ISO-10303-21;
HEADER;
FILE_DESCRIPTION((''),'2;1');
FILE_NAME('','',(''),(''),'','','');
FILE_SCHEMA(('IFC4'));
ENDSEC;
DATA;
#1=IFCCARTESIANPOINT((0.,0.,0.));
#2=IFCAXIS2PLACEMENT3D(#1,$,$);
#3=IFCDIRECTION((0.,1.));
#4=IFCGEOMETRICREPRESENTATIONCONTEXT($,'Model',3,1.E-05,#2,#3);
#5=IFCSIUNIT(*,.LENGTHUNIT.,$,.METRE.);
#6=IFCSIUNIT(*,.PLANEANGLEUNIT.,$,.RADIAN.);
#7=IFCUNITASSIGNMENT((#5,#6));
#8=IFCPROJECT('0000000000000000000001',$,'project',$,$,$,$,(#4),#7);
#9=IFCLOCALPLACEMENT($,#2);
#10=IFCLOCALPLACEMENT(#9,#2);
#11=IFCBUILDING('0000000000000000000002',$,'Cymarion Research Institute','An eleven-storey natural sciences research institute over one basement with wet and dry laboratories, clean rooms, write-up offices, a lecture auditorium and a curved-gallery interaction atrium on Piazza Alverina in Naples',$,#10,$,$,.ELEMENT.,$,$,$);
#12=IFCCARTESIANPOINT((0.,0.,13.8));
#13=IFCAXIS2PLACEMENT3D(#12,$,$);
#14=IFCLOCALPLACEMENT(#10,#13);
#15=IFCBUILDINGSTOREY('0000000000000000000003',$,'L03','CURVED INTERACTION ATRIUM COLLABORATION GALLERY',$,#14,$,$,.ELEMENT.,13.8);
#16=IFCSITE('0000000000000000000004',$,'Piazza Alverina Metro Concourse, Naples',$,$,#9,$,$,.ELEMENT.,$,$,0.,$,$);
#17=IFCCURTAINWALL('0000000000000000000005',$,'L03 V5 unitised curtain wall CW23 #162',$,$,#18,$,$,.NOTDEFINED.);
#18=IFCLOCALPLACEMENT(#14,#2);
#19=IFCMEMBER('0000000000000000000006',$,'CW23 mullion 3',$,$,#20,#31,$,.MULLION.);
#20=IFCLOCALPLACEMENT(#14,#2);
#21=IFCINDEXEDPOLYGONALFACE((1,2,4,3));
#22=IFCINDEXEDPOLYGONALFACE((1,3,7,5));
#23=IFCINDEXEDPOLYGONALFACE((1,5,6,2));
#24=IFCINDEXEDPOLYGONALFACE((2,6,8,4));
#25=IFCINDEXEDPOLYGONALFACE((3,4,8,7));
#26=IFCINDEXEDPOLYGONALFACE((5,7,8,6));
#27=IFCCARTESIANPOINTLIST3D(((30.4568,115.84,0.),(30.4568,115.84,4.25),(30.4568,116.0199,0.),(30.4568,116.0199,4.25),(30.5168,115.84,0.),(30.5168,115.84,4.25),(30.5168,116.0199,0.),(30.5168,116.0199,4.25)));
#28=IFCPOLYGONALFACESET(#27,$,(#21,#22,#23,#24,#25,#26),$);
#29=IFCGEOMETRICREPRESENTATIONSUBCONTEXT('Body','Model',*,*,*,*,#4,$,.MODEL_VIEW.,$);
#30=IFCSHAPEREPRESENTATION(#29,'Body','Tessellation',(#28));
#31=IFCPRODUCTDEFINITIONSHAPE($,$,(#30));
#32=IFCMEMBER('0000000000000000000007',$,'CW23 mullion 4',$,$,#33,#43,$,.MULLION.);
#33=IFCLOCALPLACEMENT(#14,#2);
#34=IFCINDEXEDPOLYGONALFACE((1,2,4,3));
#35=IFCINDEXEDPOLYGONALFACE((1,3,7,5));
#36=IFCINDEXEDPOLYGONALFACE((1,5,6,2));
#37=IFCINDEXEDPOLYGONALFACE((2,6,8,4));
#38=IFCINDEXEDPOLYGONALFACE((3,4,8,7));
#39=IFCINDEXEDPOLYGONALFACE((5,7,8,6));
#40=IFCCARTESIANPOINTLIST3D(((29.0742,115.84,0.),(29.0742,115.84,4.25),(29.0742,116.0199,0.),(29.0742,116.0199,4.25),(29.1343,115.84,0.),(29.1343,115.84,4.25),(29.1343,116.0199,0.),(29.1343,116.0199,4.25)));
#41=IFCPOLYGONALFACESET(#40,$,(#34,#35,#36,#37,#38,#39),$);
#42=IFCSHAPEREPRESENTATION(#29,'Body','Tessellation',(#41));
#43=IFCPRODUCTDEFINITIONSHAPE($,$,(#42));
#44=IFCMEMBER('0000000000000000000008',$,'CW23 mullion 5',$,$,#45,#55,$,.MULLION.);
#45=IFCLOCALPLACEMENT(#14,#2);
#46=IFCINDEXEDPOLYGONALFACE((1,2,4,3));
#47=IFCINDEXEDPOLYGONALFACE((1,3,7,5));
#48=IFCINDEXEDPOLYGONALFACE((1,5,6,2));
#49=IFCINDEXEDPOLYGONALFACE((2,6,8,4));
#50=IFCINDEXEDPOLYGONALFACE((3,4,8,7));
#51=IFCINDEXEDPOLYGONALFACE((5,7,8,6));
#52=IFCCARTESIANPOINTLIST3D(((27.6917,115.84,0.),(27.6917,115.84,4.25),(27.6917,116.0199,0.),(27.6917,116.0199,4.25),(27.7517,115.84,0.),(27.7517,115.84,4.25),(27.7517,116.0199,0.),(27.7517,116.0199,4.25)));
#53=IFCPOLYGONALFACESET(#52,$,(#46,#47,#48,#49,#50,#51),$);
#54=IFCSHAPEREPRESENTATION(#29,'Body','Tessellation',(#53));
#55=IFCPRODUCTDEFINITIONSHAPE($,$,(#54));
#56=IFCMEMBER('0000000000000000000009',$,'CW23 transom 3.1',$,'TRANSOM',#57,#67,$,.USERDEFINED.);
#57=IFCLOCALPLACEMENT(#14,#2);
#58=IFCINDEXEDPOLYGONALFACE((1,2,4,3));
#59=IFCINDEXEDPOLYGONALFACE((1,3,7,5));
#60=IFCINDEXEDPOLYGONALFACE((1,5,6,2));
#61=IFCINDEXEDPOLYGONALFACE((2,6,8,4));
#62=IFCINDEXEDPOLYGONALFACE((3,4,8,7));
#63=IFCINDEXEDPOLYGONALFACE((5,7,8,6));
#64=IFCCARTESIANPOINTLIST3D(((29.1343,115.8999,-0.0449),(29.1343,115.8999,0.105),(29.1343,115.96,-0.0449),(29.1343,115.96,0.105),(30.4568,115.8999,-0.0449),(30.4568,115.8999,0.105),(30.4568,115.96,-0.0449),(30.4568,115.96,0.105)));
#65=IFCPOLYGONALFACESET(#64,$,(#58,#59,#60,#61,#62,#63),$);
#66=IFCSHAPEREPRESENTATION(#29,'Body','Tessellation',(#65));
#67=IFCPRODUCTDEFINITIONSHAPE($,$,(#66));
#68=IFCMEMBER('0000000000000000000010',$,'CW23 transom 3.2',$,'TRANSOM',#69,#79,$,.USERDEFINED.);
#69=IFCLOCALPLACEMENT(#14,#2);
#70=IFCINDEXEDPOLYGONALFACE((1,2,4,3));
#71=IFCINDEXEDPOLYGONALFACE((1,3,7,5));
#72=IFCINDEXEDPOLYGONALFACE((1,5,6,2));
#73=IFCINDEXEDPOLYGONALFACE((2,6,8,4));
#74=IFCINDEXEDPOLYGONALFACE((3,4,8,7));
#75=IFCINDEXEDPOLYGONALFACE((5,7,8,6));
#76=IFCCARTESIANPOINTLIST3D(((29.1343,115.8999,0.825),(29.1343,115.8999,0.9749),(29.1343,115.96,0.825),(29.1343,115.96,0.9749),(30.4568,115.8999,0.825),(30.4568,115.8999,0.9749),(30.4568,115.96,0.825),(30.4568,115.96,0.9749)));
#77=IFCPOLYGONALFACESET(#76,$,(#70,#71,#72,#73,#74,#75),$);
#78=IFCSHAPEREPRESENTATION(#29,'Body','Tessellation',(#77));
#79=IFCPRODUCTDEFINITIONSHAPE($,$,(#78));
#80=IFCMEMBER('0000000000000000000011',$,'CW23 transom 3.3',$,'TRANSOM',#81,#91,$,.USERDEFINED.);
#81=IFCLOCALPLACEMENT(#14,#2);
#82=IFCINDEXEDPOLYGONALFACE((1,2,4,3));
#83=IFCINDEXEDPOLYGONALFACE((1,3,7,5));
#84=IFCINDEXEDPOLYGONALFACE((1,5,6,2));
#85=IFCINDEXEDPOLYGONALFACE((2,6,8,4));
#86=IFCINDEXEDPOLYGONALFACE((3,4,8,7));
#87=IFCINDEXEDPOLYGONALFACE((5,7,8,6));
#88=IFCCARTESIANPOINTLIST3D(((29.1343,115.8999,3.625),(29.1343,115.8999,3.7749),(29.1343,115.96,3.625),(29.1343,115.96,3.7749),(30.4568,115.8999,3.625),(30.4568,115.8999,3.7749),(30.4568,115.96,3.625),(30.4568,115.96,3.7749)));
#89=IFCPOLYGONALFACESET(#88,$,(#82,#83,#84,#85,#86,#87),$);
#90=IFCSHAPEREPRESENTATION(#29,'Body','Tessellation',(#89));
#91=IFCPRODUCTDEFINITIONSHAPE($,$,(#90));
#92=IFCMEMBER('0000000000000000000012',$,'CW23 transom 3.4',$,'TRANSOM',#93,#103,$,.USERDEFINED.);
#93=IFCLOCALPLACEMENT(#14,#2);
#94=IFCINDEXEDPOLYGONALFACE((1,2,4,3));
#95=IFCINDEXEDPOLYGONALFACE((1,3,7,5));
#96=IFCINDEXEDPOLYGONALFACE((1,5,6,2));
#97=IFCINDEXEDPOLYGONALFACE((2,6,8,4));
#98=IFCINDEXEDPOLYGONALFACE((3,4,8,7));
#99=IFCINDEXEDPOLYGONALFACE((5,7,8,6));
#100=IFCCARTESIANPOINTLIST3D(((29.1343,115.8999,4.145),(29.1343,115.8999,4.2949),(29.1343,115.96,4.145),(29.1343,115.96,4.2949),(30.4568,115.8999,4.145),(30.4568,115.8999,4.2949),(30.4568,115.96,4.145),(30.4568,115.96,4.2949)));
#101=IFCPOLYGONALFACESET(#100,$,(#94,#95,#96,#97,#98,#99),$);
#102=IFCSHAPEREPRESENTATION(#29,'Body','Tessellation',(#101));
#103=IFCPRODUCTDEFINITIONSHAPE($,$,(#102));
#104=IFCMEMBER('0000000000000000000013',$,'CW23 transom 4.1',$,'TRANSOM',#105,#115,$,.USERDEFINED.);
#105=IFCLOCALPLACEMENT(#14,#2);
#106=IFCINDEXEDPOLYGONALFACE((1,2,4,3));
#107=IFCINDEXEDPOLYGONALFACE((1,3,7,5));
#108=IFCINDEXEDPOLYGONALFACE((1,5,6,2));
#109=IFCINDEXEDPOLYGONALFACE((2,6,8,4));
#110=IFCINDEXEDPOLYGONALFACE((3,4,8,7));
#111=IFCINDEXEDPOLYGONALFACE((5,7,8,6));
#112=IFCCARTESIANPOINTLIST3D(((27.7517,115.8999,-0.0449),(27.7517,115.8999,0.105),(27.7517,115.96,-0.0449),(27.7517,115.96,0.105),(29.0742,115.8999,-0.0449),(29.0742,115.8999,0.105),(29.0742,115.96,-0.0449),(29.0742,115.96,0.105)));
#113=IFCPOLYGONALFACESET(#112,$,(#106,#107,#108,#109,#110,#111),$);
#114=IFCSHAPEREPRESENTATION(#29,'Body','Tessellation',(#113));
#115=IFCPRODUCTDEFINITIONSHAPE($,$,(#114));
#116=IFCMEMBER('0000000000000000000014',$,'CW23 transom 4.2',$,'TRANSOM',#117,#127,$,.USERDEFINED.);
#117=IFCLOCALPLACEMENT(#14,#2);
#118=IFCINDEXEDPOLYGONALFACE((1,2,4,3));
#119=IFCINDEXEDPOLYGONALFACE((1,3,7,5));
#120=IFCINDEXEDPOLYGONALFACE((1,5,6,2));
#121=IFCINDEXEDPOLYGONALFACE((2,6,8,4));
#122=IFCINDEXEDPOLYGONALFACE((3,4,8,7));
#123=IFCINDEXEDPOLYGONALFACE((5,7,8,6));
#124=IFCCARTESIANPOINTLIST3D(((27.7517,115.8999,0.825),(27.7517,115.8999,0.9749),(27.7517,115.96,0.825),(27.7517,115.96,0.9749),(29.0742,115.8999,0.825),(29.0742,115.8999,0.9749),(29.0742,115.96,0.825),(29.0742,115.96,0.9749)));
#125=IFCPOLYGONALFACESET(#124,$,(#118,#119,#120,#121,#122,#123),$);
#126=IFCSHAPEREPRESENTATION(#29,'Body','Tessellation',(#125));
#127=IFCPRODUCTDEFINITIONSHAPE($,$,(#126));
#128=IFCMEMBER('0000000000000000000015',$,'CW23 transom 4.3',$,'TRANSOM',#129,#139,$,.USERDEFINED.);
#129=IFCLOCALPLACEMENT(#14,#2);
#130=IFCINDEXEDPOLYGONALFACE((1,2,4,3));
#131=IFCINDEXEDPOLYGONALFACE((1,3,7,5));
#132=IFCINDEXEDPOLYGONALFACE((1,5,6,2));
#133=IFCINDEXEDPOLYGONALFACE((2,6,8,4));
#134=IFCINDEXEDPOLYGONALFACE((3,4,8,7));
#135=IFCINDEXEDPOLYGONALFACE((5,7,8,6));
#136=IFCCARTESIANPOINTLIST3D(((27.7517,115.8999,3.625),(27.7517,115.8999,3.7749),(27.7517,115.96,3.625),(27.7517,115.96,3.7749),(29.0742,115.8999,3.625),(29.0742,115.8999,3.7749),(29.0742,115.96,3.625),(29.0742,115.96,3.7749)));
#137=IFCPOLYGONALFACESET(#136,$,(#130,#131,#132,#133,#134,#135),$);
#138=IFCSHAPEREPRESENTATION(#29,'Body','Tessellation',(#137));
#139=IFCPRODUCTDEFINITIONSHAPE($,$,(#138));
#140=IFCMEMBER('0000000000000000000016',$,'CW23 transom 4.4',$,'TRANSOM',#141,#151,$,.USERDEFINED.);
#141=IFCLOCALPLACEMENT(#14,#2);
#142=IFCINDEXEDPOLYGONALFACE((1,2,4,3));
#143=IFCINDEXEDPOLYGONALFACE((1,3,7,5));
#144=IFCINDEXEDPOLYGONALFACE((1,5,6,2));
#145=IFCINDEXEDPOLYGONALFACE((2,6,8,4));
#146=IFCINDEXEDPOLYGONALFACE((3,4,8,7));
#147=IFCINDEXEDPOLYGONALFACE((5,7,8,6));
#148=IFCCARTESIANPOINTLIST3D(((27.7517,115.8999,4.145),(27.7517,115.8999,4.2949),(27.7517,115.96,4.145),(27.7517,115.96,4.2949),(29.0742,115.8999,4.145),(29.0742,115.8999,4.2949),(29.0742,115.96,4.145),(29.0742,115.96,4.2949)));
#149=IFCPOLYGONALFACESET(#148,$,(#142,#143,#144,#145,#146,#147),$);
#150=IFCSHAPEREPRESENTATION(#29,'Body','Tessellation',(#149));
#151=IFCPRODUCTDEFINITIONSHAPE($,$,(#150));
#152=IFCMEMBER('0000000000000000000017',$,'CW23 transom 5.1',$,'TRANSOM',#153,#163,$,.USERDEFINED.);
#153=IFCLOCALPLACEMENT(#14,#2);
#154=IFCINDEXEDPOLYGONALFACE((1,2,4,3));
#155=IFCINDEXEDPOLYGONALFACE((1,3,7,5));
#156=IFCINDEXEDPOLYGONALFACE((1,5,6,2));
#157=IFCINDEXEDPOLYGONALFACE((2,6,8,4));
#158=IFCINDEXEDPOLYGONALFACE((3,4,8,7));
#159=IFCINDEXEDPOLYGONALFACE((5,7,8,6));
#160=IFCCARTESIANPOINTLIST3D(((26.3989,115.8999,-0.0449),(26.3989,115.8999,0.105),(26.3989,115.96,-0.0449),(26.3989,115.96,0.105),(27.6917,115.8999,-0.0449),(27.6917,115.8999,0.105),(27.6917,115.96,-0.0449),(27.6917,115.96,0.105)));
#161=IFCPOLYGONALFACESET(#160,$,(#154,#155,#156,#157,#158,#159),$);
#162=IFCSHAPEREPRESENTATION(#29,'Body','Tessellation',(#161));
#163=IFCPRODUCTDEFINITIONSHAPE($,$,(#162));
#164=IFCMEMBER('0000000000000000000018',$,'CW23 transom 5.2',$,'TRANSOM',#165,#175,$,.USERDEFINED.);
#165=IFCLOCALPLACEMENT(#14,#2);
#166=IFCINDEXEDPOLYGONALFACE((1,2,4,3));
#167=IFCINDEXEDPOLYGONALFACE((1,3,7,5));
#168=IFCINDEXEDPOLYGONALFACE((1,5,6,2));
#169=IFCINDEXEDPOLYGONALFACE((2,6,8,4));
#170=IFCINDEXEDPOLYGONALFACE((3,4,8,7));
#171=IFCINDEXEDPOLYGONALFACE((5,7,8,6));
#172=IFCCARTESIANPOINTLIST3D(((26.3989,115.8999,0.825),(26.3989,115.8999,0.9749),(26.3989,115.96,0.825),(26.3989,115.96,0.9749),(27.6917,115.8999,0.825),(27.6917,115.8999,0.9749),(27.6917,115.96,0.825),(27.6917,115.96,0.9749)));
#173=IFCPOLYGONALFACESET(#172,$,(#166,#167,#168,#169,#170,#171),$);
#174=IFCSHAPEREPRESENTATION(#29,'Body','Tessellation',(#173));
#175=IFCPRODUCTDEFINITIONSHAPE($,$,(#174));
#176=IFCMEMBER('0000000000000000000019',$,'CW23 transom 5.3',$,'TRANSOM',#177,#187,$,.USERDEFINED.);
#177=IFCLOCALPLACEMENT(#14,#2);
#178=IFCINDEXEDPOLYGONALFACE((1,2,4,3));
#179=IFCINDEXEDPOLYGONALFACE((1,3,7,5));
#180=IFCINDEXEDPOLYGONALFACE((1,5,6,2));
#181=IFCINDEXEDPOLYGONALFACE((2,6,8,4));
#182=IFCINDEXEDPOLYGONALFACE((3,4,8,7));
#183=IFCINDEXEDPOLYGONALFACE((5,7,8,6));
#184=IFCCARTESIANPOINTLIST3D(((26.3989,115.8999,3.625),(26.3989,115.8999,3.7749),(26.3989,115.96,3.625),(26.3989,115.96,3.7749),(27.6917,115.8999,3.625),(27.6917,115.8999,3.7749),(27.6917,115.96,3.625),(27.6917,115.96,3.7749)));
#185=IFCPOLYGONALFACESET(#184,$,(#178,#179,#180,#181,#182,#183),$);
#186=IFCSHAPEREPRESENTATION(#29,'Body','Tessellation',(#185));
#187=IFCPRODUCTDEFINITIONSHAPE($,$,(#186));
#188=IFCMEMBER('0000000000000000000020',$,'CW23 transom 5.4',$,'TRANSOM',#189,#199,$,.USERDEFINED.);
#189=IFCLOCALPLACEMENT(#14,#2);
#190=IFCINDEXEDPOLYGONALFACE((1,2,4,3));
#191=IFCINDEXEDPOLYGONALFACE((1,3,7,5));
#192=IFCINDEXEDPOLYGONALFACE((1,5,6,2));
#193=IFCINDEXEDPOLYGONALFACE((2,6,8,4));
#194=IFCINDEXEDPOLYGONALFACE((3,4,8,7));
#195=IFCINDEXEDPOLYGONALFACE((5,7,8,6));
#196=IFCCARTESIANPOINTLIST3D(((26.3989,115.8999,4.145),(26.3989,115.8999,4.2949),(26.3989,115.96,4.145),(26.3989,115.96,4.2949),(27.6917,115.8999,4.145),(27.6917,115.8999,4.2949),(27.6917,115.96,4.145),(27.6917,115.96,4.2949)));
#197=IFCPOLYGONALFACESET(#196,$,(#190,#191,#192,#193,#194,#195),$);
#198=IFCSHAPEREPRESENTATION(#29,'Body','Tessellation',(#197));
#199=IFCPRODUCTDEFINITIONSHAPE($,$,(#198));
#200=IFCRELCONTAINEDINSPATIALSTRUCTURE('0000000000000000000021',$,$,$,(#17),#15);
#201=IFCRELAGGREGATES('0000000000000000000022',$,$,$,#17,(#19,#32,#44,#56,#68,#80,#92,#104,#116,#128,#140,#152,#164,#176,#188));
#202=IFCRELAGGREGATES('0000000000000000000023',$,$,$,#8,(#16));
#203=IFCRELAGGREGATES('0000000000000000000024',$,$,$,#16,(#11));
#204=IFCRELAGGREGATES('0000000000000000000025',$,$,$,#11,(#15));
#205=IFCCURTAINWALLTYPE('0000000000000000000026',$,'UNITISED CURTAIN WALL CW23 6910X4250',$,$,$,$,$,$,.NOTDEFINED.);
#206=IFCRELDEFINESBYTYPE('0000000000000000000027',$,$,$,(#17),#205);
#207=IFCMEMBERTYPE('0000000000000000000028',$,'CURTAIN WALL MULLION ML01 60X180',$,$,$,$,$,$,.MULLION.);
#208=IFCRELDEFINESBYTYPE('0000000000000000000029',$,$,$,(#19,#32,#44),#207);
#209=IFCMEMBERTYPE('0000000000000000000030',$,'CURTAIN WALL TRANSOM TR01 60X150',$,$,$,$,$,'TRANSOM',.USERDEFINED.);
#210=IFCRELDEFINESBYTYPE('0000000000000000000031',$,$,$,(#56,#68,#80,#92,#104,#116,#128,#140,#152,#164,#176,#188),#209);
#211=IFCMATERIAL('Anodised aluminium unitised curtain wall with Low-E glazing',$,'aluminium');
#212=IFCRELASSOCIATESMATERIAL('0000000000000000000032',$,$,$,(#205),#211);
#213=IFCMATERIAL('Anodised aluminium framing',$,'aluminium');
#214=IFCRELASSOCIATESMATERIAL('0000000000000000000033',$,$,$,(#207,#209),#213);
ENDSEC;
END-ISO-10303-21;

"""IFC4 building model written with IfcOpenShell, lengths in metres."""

from ifc_helpers import new_model, si_unit, direction, frame, origin, origin_2d, place, context, subcontext, project, spatial, rectangle, extrude, material, material_profile, profile_set, type_object, element, aggregate, save


model = new_model("IFC4")

# Units and contexts
model_context = context("Model", 3, precision=1e-05, world=origin(), true_north=direction((0.0, 1.0)))
body_context = subcontext(model_context, "Body", "Model", "MODEL_VIEW")
ifc_project = project(units=[si_unit("LENGTHUNIT", "METRE"), si_unit("PLANEANGLEUNIT", "RADIAN")], contexts=[model_context])

# Site, building, storey
site_placement = place(None, origin())
site = spatial("IfcSite", under=ifc_project, at=site_placement, Name="Piazza Alverina Metro Concourse, Naples", CompositionType="ELEMENT", RefElevation=0.0)
building_placement = place(site_placement, origin())
building = spatial("IfcBuilding", under=site, at=building_placement, Name="Cymarion Research Institute", Description="An eleven-storey natural sciences research institute over one basement with wet and dry laboratories, clean rooms, write-up offices, a lecture auditorium and a curved-gallery interaction atrium on Piazza Alverina in Naples", CompositionType="ELEMENT")
storey_placement = place(building_placement, frame((0.0, 0.0, 13.8)))
storey = spatial("IfcBuildingStorey", under=building, at=storey_placement, Name="L03", Description="CURVED INTERACTION ATRIUM COLLABORATION GALLERY", CompositionType="ELEMENT", Elevation=13.8)

# Curtain wall, members
ifc_material_1 = material(Name="Anodised aluminium unitised curtain wall with Low-E glazing", Category="aluminium")
curtain_wall_type = type_object("IfcCurtainWallType", Name="UNITISED CURTAIN WALL CW23 6910X4250", PredefinedType="NOTDEFINED", material=ifc_material_1)
curtain_wall_placement = place(storey_placement, origin())
curtain_wall = element("IfcCurtainWall", 1, at=curtain_wall_placement, inside=storey, type_object=curtain_wall_type, Name="L03 V5 unitised curtain wall CW23 #162", PredefinedType="NOTDEFINED")
ifc_material_2 = material(Name="Anodised aluminium framing", Category="aluminium")
ifc_material_profile_1 = material_profile(ifc_material_2, rectangle(XDim=0.0601, YDim=0.1799, at=origin_2d()), Name="ALU MULLION 60x180")
ifc_profile_set_1 = profile_set([ifc_material_profile_1], Name="Anodised aluminium framing")
member_type_1 = type_object("IfcMemberType", Name="CURTAIN WALL MULLION ML01 60X180", PredefinedType="MULLION", material=ifc_profile_set_1)
member_1_placement = place(storey_placement, frame((30.4868, 115.9299, 0.0), z_axis=(0.0, 0.0, 1.0), x_axis=(-1.0, 0.0, 0.0)))
member_1 = element("IfcMember", 2, at=member_1_placement, type_object=member_type_1, Name="CW23 mullion 3", PredefinedType="MULLION", context=body_context, shape_type="SweptSolid", body=[
    extrude(rectangle(XDim=0.0601, YDim=0.1799, at=origin_2d()), origin(), (0.0, 0.0, 1.0), 4.25),
])
member_2_placement = place(storey_placement, frame((29.1042, 115.9299, 0.0), z_axis=(0.0, 0.0, 1.0), x_axis=(-1.0, 0.0, 0.0)))
member_2 = element("IfcMember", 3, at=member_2_placement, type_object=member_type_1, Name="CW23 mullion 4", PredefinedType="MULLION", context=body_context, shape_type="SweptSolid", body=[
    extrude(rectangle(XDim=0.0601, YDim=0.1799, at=origin_2d()), origin(), (0.0, 0.0, 1.0), 4.25),
])
member_3_placement = place(storey_placement, frame((27.7217, 115.9299, 0.0), z_axis=(0.0, 0.0, 1.0), x_axis=(-1.0, 0.0, 0.0)))
member_3 = element("IfcMember", 4, at=member_3_placement, type_object=member_type_1, Name="CW23 mullion 5", PredefinedType="MULLION", context=body_context, shape_type="SweptSolid", body=[
    extrude(rectangle(XDim=0.0601, YDim=0.1799, at=origin_2d()), origin(), (0.0, 0.0, 1.0), 4.25),
])
ifc_material_profile_2 = material_profile(ifc_material_2, rectangle(XDim=0.0601, YDim=0.1499, at=origin_2d()), Name="ALU TRANSOM 60x150")
ifc_profile_set_2 = profile_set([ifc_material_profile_2], Name="Anodised aluminium framing")
member_type_2 = type_object("IfcMemberType", Name="CURTAIN WALL TRANSOM TR01 60X150", ElementType="TRANSOM", PredefinedType="USERDEFINED", material=ifc_profile_set_2)
member_4_placement = place(storey_placement, frame((30.4568, 115.9299, 0.03), z_axis=(-1.0, 0.0, 0.0), x_axis=(0.0, -1.0, 0.0)))
member_4 = element("IfcMember", 5, at=member_4_placement, type_object=member_type_2, Name="CW23 transom 3.1", ObjectType="TRANSOM", PredefinedType="USERDEFINED", context=body_context, shape_type="SweptSolid", body=[
    extrude(rectangle(XDim=0.0601, YDim=0.1499, at=origin_2d()), origin(), (0.0, 0.0, 1.0), 1.3225),
])
member_5_placement = place(storey_placement, frame((30.4568, 115.9299, 0.8999), z_axis=(-1.0, 0.0, 0.0), x_axis=(0.0, -1.0, 0.0)))
member_5 = element("IfcMember", 6, at=member_5_placement, type_object=member_type_2, Name="CW23 transom 3.2", ObjectType="TRANSOM", PredefinedType="USERDEFINED", context=body_context, shape_type="SweptSolid", body=[
    extrude(rectangle(XDim=0.0601, YDim=0.1499, at=origin_2d()), origin(), (0.0, 0.0, 1.0), 1.3225),
])
member_6_placement = place(storey_placement, frame((30.4568, 115.9299, 3.7), z_axis=(-1.0, 0.0, 0.0), x_axis=(0.0, -1.0, 0.0)))
member_6 = element("IfcMember", 7, at=member_6_placement, type_object=member_type_2, Name="CW23 transom 3.3", ObjectType="TRANSOM", PredefinedType="USERDEFINED", context=body_context, shape_type="SweptSolid", body=[
    extrude(rectangle(XDim=0.0601, YDim=0.1499, at=origin_2d()), origin(), (0.0, 0.0, 1.0), 1.3225),
])
member_7_placement = place(storey_placement, frame((30.4568, 115.9299, 4.22), z_axis=(-1.0, 0.0, 0.0), x_axis=(0.0, -1.0, 0.0)))
member_7 = element("IfcMember", 8, at=member_7_placement, type_object=member_type_2, Name="CW23 transom 3.4", ObjectType="TRANSOM", PredefinedType="USERDEFINED", context=body_context, shape_type="SweptSolid", body=[
    extrude(rectangle(XDim=0.0601, YDim=0.1499, at=origin_2d()), origin(), (0.0, 0.0, 1.0), 1.3225),
])
member_8_placement = place(storey_placement, frame((29.0742, 115.9299, 0.03), z_axis=(-1.0, 0.0, 0.0), x_axis=(0.0, -1.0, 0.0)))
member_8 = element("IfcMember", 9, at=member_8_placement, type_object=member_type_2, Name="CW23 transom 4.1", ObjectType="TRANSOM", PredefinedType="USERDEFINED", context=body_context, shape_type="SweptSolid", body=[
    extrude(rectangle(XDim=0.0601, YDim=0.1499, at=origin_2d()), origin(), (0.0, 0.0, 1.0), 1.3225),
])
member_9_placement = place(storey_placement, frame((29.0742, 115.9299, 0.8999), z_axis=(-1.0, 0.0, 0.0), x_axis=(0.0, -1.0, 0.0)))
member_9 = element("IfcMember", 10, at=member_9_placement, type_object=member_type_2, Name="CW23 transom 4.2", ObjectType="TRANSOM", PredefinedType="USERDEFINED", context=body_context, shape_type="SweptSolid", body=[
    extrude(rectangle(XDim=0.0601, YDim=0.1499, at=origin_2d()), origin(), (0.0, 0.0, 1.0), 1.3225),
])
member_10_placement = place(storey_placement, frame((29.0742, 115.9299, 3.7), z_axis=(-1.0, 0.0, 0.0), x_axis=(0.0, -1.0, 0.0)))
member_10 = element("IfcMember", 11, at=member_10_placement, type_object=member_type_2, Name="CW23 transom 4.3", ObjectType="TRANSOM", PredefinedType="USERDEFINED", context=body_context, shape_type="SweptSolid", body=[
    extrude(rectangle(XDim=0.0601, YDim=0.1499, at=origin_2d()), origin(), (0.0, 0.0, 1.0), 1.3225),
])
member_11_placement = place(storey_placement, frame((29.0742, 115.9299, 4.22), z_axis=(-1.0, 0.0, 0.0), x_axis=(0.0, -1.0, 0.0)))
member_11 = element("IfcMember", 12, at=member_11_placement, type_object=member_type_2, Name="CW23 transom 4.4", ObjectType="TRANSOM", PredefinedType="USERDEFINED", context=body_context, shape_type="SweptSolid", body=[
    extrude(rectangle(XDim=0.0601, YDim=0.1499, at=origin_2d()), origin(), (0.0, 0.0, 1.0), 1.3225),
])
member_12_placement = place(storey_placement, frame((27.6917, 115.9299, 0.03), z_axis=(-1.0, 0.0, 0.0), x_axis=(0.0, -1.0, 0.0)))
member_12 = element("IfcMember", 13, at=member_12_placement, type_object=member_type_2, Name="CW23 transom 5.1", ObjectType="TRANSOM", PredefinedType="USERDEFINED", context=body_context, shape_type="SweptSolid", body=[
    extrude(rectangle(XDim=0.0601, YDim=0.1499, at=origin_2d()), origin(), (0.0, 0.0, 1.0), 1.2927),
])
member_13_placement = place(storey_placement, frame((27.6917, 115.9299, 0.8999), z_axis=(-1.0, 0.0, 0.0), x_axis=(0.0, -1.0, 0.0)))
member_13 = element("IfcMember", 14, at=member_13_placement, type_object=member_type_2, Name="CW23 transom 5.2", ObjectType="TRANSOM", PredefinedType="USERDEFINED", context=body_context, shape_type="SweptSolid", body=[
    extrude(rectangle(XDim=0.0601, YDim=0.1499, at=origin_2d()), origin(), (0.0, 0.0, 1.0), 1.2927),
])
member_14_placement = place(storey_placement, frame((27.6917, 115.9299, 3.7), z_axis=(-1.0, 0.0, 0.0), x_axis=(0.0, -1.0, 0.0)))
member_14 = element("IfcMember", 15, at=member_14_placement, type_object=member_type_2, Name="CW23 transom 5.3", ObjectType="TRANSOM", PredefinedType="USERDEFINED", context=body_context, shape_type="SweptSolid", body=[
    extrude(rectangle(XDim=0.0601, YDim=0.1499, at=origin_2d()), origin(), (0.0, 0.0, 1.0), 1.2927),
])
member_15_placement = place(storey_placement, frame((27.6917, 115.9299, 4.22), z_axis=(-1.0, 0.0, 0.0), x_axis=(0.0, -1.0, 0.0)))
member_15 = element("IfcMember", 16, at=member_15_placement, type_object=member_type_2, Name="CW23 transom 5.4", ObjectType="TRANSOM", PredefinedType="USERDEFINED", context=body_context, shape_type="SweptSolid", body=[
    extrude(rectangle(XDim=0.0601, YDim=0.1499, at=origin_2d()), origin(), (0.0, 0.0, 1.0), 1.2927),
])
aggregate(curtain_wall, [member_1, member_2, member_3, member_4, member_5, member_6, member_7, member_8, member_9, member_10, member_11, member_12, member_13, member_14, member_15])

save(model, "model.ifc")
